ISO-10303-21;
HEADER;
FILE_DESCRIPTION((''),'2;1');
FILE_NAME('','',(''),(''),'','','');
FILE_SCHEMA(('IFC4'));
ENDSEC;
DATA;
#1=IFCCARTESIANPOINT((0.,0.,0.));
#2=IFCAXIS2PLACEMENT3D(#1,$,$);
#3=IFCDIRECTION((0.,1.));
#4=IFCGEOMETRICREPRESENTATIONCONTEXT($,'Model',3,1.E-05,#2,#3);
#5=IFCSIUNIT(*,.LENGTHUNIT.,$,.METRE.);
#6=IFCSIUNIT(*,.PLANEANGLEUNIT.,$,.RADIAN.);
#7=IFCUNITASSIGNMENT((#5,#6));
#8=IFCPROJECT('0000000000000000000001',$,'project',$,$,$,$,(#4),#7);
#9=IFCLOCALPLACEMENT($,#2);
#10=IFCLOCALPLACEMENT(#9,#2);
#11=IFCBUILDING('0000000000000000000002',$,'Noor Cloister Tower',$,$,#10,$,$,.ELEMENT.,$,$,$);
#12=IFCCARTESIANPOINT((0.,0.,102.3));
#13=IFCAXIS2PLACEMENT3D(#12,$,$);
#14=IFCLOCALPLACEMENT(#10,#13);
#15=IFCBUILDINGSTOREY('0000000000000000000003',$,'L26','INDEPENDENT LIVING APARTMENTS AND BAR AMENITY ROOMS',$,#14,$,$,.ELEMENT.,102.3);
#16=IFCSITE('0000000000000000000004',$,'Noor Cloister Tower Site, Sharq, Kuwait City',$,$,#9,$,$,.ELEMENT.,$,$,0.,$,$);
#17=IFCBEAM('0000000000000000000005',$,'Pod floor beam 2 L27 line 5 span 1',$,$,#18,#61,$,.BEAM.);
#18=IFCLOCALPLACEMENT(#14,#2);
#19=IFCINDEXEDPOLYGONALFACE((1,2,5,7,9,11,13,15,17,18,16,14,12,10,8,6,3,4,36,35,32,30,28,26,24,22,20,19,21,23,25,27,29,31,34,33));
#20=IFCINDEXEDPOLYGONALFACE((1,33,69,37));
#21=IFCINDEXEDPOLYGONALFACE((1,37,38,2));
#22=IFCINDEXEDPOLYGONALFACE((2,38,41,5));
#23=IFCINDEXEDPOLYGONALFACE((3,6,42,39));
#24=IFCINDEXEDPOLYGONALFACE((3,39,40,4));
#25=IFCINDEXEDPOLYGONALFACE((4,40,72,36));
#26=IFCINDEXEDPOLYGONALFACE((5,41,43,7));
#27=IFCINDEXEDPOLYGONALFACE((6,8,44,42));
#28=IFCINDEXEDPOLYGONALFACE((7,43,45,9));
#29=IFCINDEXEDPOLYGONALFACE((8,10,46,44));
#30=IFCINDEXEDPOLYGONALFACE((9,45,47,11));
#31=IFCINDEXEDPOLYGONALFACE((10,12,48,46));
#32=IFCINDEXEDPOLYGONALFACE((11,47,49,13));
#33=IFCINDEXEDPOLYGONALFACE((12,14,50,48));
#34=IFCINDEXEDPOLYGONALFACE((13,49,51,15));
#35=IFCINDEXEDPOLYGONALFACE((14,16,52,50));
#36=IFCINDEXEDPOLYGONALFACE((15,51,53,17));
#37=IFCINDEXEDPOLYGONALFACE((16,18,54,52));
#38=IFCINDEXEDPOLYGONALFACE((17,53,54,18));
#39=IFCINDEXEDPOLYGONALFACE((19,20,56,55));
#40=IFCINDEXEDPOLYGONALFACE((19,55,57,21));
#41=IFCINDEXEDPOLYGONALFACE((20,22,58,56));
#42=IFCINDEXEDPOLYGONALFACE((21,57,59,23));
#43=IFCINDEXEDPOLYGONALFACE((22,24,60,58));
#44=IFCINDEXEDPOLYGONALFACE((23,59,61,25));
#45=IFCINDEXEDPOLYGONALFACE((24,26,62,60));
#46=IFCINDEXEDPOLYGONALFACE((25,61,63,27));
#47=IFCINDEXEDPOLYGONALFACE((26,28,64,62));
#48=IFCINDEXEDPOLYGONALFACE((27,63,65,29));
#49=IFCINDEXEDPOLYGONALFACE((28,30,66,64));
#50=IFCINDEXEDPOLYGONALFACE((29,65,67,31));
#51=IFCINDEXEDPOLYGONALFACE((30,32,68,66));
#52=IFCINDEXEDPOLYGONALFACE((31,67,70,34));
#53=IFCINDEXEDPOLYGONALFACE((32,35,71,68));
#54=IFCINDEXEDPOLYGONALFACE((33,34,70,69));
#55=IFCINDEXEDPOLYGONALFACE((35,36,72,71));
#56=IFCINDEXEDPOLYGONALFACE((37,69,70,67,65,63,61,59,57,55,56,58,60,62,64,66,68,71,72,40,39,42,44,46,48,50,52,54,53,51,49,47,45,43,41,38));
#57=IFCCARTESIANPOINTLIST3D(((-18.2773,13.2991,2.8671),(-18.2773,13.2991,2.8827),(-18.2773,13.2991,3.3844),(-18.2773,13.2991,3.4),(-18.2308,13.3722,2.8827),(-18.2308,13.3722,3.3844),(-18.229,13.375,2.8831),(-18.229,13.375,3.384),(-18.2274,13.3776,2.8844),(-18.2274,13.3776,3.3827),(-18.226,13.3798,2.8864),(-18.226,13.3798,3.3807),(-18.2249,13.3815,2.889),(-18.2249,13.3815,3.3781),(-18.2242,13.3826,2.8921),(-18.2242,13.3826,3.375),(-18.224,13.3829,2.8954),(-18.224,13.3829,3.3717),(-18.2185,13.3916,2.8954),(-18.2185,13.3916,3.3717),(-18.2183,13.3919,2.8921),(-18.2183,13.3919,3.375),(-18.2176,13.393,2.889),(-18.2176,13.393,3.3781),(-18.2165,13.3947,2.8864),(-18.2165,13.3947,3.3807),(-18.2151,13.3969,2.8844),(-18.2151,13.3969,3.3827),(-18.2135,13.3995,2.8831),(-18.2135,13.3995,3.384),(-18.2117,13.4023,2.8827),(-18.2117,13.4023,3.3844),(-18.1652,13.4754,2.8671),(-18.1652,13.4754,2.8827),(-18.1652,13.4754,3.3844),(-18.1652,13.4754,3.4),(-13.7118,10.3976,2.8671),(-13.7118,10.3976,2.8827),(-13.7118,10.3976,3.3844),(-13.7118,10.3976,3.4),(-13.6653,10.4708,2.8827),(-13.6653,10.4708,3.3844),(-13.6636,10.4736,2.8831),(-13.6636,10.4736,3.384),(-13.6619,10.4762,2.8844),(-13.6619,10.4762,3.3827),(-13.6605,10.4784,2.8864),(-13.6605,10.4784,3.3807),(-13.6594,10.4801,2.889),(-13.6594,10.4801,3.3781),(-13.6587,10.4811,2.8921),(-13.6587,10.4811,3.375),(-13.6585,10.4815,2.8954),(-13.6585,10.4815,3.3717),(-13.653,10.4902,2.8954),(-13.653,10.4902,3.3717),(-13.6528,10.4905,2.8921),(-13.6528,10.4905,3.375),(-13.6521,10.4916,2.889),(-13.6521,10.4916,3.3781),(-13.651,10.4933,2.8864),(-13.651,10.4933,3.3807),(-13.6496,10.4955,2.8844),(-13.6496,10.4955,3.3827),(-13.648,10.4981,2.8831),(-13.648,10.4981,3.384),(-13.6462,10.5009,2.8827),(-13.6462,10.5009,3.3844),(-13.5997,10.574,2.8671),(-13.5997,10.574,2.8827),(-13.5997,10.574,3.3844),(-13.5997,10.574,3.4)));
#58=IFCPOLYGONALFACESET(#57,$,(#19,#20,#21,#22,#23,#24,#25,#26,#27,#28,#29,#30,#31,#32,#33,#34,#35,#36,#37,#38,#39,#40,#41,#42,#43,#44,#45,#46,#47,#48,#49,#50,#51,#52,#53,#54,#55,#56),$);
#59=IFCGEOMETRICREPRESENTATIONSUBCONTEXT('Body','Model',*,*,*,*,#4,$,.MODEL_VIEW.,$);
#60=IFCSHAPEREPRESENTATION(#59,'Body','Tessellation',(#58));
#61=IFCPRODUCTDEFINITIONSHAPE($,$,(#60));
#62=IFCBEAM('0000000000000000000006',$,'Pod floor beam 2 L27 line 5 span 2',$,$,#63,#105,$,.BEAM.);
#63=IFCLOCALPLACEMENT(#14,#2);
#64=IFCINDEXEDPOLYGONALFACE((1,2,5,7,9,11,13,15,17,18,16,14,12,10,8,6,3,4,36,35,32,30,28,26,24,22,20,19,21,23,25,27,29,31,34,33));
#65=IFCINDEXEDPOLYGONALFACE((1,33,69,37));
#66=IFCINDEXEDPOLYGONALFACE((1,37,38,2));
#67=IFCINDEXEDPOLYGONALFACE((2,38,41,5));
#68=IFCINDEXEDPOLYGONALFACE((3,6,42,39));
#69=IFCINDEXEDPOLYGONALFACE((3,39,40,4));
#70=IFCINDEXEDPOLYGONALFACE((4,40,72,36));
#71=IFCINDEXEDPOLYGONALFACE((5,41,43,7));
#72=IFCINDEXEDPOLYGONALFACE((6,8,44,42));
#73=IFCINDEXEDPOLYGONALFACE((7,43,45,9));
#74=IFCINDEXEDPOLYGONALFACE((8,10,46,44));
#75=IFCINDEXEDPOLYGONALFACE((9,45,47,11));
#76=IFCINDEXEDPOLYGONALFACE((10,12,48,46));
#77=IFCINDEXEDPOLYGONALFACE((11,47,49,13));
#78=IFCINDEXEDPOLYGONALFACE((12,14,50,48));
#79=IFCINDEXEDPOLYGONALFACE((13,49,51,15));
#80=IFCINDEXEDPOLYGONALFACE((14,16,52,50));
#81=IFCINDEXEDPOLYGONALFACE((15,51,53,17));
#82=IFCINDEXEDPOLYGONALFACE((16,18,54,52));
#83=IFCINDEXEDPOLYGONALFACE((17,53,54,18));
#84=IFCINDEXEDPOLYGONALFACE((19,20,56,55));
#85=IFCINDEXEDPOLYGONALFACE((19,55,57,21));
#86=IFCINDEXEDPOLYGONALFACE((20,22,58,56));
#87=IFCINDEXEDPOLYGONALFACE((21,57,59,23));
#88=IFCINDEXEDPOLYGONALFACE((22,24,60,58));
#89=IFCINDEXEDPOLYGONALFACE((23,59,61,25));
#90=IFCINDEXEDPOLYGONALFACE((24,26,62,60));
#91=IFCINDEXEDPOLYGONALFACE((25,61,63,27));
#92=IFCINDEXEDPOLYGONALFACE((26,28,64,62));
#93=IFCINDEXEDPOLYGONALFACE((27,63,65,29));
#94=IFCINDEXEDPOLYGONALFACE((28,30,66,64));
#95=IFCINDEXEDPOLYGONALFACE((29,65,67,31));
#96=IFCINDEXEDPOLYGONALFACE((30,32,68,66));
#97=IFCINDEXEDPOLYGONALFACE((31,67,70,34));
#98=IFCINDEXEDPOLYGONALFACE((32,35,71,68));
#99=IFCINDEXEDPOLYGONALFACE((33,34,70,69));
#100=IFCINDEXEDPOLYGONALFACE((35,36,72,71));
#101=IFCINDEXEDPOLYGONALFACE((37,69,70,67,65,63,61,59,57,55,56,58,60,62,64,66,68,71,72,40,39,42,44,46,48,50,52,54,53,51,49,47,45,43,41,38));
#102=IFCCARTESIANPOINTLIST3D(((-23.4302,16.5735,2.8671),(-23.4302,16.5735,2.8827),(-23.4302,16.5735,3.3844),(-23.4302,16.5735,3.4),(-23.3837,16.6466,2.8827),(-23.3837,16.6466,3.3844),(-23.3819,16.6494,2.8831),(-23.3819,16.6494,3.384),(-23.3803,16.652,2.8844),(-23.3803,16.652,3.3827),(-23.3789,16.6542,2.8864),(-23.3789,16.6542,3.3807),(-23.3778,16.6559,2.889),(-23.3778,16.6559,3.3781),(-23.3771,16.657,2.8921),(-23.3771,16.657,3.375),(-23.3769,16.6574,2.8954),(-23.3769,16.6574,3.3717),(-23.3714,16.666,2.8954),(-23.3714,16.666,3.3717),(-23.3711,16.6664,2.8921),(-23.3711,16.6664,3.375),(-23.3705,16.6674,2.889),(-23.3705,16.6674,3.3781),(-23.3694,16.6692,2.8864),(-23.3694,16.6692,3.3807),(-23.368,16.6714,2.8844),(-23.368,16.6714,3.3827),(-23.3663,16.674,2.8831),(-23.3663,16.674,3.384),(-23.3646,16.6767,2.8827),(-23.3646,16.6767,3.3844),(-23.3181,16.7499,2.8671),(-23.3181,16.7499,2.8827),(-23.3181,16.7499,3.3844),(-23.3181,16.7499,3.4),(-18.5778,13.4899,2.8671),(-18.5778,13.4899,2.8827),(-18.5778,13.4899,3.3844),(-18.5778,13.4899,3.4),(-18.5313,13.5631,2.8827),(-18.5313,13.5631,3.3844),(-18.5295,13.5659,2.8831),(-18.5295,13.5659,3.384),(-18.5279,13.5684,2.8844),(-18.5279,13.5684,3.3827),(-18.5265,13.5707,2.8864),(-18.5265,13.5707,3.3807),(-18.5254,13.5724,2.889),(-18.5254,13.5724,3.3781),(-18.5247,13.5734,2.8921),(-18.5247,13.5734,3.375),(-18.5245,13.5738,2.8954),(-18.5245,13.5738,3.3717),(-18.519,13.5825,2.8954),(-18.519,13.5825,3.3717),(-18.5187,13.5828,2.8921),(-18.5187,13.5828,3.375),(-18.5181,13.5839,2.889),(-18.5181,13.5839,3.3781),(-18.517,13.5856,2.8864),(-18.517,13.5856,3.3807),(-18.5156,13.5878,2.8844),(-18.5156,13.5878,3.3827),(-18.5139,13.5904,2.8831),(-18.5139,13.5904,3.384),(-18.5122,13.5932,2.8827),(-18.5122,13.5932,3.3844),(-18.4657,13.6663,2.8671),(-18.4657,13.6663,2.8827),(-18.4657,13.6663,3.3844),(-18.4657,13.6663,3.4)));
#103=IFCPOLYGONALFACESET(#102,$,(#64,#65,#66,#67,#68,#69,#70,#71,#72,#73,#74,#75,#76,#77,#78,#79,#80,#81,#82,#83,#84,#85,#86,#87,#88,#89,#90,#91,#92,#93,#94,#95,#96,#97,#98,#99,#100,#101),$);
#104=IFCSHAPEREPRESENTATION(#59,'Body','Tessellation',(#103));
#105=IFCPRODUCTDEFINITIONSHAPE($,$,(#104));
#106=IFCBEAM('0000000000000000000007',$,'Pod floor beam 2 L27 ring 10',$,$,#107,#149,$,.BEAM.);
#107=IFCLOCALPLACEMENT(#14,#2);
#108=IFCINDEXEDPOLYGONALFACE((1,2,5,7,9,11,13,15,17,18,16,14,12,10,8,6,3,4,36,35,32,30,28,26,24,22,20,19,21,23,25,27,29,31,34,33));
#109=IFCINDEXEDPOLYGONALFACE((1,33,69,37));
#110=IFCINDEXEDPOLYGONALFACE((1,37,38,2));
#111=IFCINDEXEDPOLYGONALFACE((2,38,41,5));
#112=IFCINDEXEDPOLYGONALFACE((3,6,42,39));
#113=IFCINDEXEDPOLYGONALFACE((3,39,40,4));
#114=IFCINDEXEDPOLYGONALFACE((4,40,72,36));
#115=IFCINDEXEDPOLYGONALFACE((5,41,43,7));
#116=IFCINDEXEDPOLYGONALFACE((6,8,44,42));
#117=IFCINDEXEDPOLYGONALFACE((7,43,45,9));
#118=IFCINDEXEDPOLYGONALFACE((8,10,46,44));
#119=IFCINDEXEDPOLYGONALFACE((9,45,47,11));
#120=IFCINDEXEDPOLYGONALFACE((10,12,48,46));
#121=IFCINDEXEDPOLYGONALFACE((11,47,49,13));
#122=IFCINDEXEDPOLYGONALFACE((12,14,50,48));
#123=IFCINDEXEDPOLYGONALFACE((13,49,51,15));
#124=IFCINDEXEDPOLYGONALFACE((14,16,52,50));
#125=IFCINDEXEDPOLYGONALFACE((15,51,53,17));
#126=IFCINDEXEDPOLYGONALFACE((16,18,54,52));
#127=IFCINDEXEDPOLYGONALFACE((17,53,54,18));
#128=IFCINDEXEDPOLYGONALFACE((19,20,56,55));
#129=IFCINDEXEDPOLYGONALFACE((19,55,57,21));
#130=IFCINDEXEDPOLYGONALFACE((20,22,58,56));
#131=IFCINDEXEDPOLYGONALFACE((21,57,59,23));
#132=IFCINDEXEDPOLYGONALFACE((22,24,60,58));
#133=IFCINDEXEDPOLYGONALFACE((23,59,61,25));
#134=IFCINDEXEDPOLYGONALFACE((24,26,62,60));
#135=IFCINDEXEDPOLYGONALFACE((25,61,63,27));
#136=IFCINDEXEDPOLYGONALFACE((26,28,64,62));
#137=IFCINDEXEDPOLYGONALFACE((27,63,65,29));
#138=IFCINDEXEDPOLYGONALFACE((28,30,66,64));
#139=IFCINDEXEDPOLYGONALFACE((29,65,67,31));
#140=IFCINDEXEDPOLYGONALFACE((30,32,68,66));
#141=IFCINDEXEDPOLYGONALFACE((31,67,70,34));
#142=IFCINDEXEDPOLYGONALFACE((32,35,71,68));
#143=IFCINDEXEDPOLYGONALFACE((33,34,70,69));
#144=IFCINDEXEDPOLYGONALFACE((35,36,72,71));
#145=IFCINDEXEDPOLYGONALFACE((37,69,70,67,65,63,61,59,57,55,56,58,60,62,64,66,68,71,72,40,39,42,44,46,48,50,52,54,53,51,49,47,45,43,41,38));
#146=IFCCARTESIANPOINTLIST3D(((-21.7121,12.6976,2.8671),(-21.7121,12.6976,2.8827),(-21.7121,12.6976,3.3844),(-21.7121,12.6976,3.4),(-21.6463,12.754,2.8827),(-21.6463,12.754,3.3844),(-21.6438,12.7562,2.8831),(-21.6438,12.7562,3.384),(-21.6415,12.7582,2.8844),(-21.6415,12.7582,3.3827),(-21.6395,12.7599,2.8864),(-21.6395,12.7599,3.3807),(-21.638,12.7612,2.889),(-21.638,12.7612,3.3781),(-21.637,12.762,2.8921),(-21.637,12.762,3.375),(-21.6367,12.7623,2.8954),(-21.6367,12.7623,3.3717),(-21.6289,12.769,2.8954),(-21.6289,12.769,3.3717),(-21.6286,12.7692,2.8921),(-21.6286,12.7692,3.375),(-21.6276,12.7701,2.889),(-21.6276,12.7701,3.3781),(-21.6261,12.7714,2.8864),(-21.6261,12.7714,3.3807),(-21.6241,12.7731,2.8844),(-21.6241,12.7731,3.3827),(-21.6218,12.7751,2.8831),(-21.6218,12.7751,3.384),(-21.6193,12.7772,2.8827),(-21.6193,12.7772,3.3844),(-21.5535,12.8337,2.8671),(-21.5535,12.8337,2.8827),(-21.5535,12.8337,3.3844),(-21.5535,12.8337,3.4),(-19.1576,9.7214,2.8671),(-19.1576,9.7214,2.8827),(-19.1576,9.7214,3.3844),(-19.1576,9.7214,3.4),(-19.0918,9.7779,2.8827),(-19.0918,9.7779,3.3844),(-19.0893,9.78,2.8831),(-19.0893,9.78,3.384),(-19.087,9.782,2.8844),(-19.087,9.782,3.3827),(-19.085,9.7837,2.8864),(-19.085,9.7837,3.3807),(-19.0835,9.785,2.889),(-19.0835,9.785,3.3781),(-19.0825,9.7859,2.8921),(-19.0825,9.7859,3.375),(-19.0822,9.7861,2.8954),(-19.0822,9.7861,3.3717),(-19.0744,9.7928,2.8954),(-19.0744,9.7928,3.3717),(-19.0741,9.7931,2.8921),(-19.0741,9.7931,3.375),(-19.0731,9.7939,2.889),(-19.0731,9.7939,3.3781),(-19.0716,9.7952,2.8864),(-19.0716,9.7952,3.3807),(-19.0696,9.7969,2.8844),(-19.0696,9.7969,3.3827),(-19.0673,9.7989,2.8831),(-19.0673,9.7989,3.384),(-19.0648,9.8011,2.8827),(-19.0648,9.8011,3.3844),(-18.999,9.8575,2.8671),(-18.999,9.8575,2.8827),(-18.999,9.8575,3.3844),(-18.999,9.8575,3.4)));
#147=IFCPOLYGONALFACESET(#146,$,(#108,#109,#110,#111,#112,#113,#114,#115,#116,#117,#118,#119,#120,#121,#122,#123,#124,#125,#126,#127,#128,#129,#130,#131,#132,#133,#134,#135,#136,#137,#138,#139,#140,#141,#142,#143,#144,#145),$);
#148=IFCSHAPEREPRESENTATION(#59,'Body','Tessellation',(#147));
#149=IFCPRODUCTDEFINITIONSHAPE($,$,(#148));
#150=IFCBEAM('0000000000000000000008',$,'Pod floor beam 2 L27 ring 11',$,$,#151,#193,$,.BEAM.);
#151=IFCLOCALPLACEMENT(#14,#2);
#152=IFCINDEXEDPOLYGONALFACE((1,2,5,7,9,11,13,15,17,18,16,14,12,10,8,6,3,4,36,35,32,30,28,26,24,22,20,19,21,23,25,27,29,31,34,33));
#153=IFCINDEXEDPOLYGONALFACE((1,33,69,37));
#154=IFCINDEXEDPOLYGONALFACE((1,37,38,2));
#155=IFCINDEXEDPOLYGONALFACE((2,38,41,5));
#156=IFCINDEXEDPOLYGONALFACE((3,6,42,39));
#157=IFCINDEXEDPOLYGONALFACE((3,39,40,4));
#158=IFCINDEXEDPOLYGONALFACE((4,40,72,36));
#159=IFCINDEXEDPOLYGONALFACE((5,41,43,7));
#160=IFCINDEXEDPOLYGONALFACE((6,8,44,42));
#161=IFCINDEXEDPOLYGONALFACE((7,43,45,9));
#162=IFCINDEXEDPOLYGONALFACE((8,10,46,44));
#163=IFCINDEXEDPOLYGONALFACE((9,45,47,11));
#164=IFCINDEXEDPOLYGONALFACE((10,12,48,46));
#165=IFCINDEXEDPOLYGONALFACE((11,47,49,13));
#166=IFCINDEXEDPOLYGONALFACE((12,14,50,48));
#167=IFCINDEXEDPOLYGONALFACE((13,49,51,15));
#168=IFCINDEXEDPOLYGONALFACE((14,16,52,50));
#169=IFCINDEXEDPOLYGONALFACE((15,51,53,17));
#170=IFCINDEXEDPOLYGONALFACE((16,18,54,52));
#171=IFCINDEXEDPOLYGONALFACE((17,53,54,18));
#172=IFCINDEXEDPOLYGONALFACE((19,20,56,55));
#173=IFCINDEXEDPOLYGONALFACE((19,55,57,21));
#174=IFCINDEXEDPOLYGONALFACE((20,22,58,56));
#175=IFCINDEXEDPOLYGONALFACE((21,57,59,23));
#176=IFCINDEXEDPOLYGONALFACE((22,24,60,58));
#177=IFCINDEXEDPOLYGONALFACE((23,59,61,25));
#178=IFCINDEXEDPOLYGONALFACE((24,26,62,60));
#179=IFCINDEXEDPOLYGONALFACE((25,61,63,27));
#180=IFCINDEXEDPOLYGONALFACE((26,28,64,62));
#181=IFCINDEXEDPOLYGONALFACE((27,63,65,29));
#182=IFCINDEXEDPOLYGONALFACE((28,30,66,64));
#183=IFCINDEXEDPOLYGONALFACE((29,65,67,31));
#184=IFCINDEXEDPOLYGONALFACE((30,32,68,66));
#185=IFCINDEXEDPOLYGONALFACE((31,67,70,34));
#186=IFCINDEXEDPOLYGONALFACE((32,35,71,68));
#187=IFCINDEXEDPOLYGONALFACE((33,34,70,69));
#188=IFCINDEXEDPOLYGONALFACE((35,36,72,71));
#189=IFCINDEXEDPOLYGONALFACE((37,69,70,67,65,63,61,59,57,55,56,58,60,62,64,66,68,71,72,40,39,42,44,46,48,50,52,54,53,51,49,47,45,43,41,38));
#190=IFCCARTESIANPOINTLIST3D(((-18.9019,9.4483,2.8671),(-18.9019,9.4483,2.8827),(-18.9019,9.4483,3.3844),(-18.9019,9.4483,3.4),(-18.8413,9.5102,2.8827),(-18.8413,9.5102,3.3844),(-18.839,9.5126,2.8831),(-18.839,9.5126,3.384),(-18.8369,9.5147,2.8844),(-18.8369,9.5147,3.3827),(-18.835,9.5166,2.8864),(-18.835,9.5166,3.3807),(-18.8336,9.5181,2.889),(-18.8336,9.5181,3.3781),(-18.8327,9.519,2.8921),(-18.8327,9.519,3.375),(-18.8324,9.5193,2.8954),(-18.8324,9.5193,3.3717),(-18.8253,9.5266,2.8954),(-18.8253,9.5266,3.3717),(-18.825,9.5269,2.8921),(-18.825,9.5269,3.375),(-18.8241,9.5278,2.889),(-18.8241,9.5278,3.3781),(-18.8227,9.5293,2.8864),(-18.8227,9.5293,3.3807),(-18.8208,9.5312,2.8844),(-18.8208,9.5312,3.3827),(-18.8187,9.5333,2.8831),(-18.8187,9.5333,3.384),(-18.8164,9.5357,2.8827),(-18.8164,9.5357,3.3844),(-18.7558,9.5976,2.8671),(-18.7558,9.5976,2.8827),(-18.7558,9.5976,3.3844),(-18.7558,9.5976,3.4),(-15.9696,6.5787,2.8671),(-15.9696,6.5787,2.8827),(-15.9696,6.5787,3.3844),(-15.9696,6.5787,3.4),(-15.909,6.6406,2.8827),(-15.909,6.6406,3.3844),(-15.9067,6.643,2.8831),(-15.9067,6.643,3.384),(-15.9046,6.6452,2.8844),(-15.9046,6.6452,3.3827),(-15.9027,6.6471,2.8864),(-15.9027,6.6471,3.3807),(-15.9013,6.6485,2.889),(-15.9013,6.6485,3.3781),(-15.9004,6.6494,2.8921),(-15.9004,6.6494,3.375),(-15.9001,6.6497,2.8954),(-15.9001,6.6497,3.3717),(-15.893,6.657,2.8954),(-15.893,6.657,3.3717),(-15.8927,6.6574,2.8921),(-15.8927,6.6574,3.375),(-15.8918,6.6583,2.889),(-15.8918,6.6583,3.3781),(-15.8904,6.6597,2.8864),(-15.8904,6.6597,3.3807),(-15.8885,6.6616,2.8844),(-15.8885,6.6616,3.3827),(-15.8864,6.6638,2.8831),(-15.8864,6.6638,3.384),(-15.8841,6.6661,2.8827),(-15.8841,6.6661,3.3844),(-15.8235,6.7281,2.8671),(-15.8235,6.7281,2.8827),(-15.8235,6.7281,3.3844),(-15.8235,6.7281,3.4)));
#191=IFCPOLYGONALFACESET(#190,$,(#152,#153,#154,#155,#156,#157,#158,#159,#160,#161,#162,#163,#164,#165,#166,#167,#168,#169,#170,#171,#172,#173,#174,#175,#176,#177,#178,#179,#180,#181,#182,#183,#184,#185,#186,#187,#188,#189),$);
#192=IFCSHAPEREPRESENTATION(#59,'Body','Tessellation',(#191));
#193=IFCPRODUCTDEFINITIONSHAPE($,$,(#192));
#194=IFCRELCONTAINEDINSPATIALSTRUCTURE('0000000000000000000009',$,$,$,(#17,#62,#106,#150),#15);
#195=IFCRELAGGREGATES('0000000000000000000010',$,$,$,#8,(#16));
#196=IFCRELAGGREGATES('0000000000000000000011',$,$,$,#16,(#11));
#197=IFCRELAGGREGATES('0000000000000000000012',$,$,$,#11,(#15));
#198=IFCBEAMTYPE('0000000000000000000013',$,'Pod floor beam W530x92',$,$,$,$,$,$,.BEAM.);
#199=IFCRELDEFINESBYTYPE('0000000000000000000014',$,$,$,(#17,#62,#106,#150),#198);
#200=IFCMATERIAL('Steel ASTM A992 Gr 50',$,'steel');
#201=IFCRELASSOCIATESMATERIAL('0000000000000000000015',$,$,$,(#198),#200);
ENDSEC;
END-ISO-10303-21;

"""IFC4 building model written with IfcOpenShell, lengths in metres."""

from ifc_helpers import new_model, si_unit, direction, frame, origin, origin_2d, place, context, subcontext, project, spatial, i_section, extrude, material, material_profile, profile_set, type_object, element, save


model = new_model("IFC4")

# Units and contexts
model_context = context("Model", 3, precision=1e-05, world=origin(), true_north=direction((0.0, 1.0)))
body_context = subcontext(model_context, "Body", "Model", "MODEL_VIEW")
ifc_project = project(units=[si_unit("LENGTHUNIT", "METRE"), si_unit("PLANEANGLEUNIT", "RADIAN")], contexts=[model_context])

# Site, building, storey
site_placement = place(None, origin())
site = spatial("IfcSite", under=ifc_project, at=site_placement, Name="Noor Cloister Tower Site, Sharq, Kuwait City", CompositionType="ELEMENT", RefElevation=0.0)
building_placement = place(site_placement, origin())
building = spatial("IfcBuilding", under=site, at=building_placement, Name="Noor Cloister Tower", CompositionType="ELEMENT")
storey_placement = place(building_placement, frame((0.0, 0.0, 102.3)))
storey = spatial("IfcBuildingStorey", under=building, at=storey_placement, Name="L26", Description="INDEPENDENT LIVING APARTMENTS AND BAR AMENITY ROOMS", CompositionType="ELEMENT", Elevation=102.3)

# Beams
ifc_material_1 = material(Name="Steel ASTM A992 Gr 50", Category="steel")
ifc_material_profile_1 = material_profile(ifc_material_1, i_section(OverallWidth=0.209, OverallDepth=0.533, WebThickness=0.0103, FlangeThickness=0.0156, FilletRadius=0.0127, at=origin_2d()), Name="W530x92")
ifc_profile_set_1 = profile_set([ifc_material_profile_1], Name="Steel ASTM A992 Gr 50")
beam_type_1 = type_object("IfcBeamType", Name="Pod floor beam W530x92", PredefinedType="BEAM", material=ifc_profile_set_1)
beam_1_placement = place(storey_placement, frame((-13.6558, 10.4858, 3.1335), z_axis=(-0.843988, 0.536361, 0.0), x_axis=(-0.536361, -0.843988, 0.0)))
element("IfcBeam", 1, at=beam_1_placement, inside=storey, type_object=beam_type_1, Name="Pod floor beam 2 L27 line 5 span 1", PredefinedType="BEAM", context=body_context, shape_type="SweptSolid", body=[
    extrude(i_section(OverallWidth=0.209, OverallDepth=0.533, WebThickness=0.0103, FlangeThickness=0.0156, FilletRadius=0.0127, at=origin_2d()), origin(), (0.0, 0.0, 1.0), 5.4094),
])
beam_2_placement = place(storey_placement, frame((-18.5217, 13.5781, 3.1335), z_axis=(-0.844002, 0.53634, 0.0), x_axis=(-0.53634, -0.844002, 0.0)))
element("IfcBeam", 2, at=beam_2_placement, inside=storey, type_object=beam_type_1, Name="Pod floor beam 2 L27 line 5 span 2", PredefinedType="BEAM", context=body_context, shape_type="SweptSolid", body=[
    extrude(i_section(OverallWidth=0.209, OverallDepth=0.533, WebThickness=0.0103, FlangeThickness=0.0156, FilletRadius=0.0127, at=origin_2d()), origin(), (0.0, 0.0, 1.0), 5.7493),
])
beam_3_placement = place(storey_placement, frame((-21.6328, 12.7656, 3.1335), z_axis=(0.651309, -0.758813, 0.0), x_axis=(0.758813, 0.651309, 0.0)))
element("IfcBeam", 3, at=beam_3_placement, inside=storey, type_object=beam_type_1, Name="Pod floor beam 2 L27 ring 10", PredefinedType="BEAM", context=body_context, shape_type="SweptSolid", body=[
    extrude(i_section(OverallWidth=0.209, OverallDepth=0.533, WebThickness=0.0103, FlangeThickness=0.0156, FilletRadius=0.0127, at=origin_2d()), origin(), (0.0, 0.0, 1.0), 3.9221),
])
beam_4_placement = place(storey_placement, frame((-18.8289, 9.5229, 3.1335), z_axis=(0.714712, -0.699419, 0.0), x_axis=(0.699419, 0.714712, 0.0)))
element("IfcBeam", 4, at=beam_4_placement, inside=storey, type_object=beam_type_1, Name="Pod floor beam 2 L27 ring 11", PredefinedType="BEAM", context=body_context, shape_type="SweptSolid", body=[
    extrude(i_section(OverallWidth=0.209, OverallDepth=0.533, WebThickness=0.0103, FlangeThickness=0.0156, FilletRadius=0.0127, at=origin_2d()), origin(), (0.0, 0.0, 1.0), 4.1028),
])

save(model, "model.ifc")
